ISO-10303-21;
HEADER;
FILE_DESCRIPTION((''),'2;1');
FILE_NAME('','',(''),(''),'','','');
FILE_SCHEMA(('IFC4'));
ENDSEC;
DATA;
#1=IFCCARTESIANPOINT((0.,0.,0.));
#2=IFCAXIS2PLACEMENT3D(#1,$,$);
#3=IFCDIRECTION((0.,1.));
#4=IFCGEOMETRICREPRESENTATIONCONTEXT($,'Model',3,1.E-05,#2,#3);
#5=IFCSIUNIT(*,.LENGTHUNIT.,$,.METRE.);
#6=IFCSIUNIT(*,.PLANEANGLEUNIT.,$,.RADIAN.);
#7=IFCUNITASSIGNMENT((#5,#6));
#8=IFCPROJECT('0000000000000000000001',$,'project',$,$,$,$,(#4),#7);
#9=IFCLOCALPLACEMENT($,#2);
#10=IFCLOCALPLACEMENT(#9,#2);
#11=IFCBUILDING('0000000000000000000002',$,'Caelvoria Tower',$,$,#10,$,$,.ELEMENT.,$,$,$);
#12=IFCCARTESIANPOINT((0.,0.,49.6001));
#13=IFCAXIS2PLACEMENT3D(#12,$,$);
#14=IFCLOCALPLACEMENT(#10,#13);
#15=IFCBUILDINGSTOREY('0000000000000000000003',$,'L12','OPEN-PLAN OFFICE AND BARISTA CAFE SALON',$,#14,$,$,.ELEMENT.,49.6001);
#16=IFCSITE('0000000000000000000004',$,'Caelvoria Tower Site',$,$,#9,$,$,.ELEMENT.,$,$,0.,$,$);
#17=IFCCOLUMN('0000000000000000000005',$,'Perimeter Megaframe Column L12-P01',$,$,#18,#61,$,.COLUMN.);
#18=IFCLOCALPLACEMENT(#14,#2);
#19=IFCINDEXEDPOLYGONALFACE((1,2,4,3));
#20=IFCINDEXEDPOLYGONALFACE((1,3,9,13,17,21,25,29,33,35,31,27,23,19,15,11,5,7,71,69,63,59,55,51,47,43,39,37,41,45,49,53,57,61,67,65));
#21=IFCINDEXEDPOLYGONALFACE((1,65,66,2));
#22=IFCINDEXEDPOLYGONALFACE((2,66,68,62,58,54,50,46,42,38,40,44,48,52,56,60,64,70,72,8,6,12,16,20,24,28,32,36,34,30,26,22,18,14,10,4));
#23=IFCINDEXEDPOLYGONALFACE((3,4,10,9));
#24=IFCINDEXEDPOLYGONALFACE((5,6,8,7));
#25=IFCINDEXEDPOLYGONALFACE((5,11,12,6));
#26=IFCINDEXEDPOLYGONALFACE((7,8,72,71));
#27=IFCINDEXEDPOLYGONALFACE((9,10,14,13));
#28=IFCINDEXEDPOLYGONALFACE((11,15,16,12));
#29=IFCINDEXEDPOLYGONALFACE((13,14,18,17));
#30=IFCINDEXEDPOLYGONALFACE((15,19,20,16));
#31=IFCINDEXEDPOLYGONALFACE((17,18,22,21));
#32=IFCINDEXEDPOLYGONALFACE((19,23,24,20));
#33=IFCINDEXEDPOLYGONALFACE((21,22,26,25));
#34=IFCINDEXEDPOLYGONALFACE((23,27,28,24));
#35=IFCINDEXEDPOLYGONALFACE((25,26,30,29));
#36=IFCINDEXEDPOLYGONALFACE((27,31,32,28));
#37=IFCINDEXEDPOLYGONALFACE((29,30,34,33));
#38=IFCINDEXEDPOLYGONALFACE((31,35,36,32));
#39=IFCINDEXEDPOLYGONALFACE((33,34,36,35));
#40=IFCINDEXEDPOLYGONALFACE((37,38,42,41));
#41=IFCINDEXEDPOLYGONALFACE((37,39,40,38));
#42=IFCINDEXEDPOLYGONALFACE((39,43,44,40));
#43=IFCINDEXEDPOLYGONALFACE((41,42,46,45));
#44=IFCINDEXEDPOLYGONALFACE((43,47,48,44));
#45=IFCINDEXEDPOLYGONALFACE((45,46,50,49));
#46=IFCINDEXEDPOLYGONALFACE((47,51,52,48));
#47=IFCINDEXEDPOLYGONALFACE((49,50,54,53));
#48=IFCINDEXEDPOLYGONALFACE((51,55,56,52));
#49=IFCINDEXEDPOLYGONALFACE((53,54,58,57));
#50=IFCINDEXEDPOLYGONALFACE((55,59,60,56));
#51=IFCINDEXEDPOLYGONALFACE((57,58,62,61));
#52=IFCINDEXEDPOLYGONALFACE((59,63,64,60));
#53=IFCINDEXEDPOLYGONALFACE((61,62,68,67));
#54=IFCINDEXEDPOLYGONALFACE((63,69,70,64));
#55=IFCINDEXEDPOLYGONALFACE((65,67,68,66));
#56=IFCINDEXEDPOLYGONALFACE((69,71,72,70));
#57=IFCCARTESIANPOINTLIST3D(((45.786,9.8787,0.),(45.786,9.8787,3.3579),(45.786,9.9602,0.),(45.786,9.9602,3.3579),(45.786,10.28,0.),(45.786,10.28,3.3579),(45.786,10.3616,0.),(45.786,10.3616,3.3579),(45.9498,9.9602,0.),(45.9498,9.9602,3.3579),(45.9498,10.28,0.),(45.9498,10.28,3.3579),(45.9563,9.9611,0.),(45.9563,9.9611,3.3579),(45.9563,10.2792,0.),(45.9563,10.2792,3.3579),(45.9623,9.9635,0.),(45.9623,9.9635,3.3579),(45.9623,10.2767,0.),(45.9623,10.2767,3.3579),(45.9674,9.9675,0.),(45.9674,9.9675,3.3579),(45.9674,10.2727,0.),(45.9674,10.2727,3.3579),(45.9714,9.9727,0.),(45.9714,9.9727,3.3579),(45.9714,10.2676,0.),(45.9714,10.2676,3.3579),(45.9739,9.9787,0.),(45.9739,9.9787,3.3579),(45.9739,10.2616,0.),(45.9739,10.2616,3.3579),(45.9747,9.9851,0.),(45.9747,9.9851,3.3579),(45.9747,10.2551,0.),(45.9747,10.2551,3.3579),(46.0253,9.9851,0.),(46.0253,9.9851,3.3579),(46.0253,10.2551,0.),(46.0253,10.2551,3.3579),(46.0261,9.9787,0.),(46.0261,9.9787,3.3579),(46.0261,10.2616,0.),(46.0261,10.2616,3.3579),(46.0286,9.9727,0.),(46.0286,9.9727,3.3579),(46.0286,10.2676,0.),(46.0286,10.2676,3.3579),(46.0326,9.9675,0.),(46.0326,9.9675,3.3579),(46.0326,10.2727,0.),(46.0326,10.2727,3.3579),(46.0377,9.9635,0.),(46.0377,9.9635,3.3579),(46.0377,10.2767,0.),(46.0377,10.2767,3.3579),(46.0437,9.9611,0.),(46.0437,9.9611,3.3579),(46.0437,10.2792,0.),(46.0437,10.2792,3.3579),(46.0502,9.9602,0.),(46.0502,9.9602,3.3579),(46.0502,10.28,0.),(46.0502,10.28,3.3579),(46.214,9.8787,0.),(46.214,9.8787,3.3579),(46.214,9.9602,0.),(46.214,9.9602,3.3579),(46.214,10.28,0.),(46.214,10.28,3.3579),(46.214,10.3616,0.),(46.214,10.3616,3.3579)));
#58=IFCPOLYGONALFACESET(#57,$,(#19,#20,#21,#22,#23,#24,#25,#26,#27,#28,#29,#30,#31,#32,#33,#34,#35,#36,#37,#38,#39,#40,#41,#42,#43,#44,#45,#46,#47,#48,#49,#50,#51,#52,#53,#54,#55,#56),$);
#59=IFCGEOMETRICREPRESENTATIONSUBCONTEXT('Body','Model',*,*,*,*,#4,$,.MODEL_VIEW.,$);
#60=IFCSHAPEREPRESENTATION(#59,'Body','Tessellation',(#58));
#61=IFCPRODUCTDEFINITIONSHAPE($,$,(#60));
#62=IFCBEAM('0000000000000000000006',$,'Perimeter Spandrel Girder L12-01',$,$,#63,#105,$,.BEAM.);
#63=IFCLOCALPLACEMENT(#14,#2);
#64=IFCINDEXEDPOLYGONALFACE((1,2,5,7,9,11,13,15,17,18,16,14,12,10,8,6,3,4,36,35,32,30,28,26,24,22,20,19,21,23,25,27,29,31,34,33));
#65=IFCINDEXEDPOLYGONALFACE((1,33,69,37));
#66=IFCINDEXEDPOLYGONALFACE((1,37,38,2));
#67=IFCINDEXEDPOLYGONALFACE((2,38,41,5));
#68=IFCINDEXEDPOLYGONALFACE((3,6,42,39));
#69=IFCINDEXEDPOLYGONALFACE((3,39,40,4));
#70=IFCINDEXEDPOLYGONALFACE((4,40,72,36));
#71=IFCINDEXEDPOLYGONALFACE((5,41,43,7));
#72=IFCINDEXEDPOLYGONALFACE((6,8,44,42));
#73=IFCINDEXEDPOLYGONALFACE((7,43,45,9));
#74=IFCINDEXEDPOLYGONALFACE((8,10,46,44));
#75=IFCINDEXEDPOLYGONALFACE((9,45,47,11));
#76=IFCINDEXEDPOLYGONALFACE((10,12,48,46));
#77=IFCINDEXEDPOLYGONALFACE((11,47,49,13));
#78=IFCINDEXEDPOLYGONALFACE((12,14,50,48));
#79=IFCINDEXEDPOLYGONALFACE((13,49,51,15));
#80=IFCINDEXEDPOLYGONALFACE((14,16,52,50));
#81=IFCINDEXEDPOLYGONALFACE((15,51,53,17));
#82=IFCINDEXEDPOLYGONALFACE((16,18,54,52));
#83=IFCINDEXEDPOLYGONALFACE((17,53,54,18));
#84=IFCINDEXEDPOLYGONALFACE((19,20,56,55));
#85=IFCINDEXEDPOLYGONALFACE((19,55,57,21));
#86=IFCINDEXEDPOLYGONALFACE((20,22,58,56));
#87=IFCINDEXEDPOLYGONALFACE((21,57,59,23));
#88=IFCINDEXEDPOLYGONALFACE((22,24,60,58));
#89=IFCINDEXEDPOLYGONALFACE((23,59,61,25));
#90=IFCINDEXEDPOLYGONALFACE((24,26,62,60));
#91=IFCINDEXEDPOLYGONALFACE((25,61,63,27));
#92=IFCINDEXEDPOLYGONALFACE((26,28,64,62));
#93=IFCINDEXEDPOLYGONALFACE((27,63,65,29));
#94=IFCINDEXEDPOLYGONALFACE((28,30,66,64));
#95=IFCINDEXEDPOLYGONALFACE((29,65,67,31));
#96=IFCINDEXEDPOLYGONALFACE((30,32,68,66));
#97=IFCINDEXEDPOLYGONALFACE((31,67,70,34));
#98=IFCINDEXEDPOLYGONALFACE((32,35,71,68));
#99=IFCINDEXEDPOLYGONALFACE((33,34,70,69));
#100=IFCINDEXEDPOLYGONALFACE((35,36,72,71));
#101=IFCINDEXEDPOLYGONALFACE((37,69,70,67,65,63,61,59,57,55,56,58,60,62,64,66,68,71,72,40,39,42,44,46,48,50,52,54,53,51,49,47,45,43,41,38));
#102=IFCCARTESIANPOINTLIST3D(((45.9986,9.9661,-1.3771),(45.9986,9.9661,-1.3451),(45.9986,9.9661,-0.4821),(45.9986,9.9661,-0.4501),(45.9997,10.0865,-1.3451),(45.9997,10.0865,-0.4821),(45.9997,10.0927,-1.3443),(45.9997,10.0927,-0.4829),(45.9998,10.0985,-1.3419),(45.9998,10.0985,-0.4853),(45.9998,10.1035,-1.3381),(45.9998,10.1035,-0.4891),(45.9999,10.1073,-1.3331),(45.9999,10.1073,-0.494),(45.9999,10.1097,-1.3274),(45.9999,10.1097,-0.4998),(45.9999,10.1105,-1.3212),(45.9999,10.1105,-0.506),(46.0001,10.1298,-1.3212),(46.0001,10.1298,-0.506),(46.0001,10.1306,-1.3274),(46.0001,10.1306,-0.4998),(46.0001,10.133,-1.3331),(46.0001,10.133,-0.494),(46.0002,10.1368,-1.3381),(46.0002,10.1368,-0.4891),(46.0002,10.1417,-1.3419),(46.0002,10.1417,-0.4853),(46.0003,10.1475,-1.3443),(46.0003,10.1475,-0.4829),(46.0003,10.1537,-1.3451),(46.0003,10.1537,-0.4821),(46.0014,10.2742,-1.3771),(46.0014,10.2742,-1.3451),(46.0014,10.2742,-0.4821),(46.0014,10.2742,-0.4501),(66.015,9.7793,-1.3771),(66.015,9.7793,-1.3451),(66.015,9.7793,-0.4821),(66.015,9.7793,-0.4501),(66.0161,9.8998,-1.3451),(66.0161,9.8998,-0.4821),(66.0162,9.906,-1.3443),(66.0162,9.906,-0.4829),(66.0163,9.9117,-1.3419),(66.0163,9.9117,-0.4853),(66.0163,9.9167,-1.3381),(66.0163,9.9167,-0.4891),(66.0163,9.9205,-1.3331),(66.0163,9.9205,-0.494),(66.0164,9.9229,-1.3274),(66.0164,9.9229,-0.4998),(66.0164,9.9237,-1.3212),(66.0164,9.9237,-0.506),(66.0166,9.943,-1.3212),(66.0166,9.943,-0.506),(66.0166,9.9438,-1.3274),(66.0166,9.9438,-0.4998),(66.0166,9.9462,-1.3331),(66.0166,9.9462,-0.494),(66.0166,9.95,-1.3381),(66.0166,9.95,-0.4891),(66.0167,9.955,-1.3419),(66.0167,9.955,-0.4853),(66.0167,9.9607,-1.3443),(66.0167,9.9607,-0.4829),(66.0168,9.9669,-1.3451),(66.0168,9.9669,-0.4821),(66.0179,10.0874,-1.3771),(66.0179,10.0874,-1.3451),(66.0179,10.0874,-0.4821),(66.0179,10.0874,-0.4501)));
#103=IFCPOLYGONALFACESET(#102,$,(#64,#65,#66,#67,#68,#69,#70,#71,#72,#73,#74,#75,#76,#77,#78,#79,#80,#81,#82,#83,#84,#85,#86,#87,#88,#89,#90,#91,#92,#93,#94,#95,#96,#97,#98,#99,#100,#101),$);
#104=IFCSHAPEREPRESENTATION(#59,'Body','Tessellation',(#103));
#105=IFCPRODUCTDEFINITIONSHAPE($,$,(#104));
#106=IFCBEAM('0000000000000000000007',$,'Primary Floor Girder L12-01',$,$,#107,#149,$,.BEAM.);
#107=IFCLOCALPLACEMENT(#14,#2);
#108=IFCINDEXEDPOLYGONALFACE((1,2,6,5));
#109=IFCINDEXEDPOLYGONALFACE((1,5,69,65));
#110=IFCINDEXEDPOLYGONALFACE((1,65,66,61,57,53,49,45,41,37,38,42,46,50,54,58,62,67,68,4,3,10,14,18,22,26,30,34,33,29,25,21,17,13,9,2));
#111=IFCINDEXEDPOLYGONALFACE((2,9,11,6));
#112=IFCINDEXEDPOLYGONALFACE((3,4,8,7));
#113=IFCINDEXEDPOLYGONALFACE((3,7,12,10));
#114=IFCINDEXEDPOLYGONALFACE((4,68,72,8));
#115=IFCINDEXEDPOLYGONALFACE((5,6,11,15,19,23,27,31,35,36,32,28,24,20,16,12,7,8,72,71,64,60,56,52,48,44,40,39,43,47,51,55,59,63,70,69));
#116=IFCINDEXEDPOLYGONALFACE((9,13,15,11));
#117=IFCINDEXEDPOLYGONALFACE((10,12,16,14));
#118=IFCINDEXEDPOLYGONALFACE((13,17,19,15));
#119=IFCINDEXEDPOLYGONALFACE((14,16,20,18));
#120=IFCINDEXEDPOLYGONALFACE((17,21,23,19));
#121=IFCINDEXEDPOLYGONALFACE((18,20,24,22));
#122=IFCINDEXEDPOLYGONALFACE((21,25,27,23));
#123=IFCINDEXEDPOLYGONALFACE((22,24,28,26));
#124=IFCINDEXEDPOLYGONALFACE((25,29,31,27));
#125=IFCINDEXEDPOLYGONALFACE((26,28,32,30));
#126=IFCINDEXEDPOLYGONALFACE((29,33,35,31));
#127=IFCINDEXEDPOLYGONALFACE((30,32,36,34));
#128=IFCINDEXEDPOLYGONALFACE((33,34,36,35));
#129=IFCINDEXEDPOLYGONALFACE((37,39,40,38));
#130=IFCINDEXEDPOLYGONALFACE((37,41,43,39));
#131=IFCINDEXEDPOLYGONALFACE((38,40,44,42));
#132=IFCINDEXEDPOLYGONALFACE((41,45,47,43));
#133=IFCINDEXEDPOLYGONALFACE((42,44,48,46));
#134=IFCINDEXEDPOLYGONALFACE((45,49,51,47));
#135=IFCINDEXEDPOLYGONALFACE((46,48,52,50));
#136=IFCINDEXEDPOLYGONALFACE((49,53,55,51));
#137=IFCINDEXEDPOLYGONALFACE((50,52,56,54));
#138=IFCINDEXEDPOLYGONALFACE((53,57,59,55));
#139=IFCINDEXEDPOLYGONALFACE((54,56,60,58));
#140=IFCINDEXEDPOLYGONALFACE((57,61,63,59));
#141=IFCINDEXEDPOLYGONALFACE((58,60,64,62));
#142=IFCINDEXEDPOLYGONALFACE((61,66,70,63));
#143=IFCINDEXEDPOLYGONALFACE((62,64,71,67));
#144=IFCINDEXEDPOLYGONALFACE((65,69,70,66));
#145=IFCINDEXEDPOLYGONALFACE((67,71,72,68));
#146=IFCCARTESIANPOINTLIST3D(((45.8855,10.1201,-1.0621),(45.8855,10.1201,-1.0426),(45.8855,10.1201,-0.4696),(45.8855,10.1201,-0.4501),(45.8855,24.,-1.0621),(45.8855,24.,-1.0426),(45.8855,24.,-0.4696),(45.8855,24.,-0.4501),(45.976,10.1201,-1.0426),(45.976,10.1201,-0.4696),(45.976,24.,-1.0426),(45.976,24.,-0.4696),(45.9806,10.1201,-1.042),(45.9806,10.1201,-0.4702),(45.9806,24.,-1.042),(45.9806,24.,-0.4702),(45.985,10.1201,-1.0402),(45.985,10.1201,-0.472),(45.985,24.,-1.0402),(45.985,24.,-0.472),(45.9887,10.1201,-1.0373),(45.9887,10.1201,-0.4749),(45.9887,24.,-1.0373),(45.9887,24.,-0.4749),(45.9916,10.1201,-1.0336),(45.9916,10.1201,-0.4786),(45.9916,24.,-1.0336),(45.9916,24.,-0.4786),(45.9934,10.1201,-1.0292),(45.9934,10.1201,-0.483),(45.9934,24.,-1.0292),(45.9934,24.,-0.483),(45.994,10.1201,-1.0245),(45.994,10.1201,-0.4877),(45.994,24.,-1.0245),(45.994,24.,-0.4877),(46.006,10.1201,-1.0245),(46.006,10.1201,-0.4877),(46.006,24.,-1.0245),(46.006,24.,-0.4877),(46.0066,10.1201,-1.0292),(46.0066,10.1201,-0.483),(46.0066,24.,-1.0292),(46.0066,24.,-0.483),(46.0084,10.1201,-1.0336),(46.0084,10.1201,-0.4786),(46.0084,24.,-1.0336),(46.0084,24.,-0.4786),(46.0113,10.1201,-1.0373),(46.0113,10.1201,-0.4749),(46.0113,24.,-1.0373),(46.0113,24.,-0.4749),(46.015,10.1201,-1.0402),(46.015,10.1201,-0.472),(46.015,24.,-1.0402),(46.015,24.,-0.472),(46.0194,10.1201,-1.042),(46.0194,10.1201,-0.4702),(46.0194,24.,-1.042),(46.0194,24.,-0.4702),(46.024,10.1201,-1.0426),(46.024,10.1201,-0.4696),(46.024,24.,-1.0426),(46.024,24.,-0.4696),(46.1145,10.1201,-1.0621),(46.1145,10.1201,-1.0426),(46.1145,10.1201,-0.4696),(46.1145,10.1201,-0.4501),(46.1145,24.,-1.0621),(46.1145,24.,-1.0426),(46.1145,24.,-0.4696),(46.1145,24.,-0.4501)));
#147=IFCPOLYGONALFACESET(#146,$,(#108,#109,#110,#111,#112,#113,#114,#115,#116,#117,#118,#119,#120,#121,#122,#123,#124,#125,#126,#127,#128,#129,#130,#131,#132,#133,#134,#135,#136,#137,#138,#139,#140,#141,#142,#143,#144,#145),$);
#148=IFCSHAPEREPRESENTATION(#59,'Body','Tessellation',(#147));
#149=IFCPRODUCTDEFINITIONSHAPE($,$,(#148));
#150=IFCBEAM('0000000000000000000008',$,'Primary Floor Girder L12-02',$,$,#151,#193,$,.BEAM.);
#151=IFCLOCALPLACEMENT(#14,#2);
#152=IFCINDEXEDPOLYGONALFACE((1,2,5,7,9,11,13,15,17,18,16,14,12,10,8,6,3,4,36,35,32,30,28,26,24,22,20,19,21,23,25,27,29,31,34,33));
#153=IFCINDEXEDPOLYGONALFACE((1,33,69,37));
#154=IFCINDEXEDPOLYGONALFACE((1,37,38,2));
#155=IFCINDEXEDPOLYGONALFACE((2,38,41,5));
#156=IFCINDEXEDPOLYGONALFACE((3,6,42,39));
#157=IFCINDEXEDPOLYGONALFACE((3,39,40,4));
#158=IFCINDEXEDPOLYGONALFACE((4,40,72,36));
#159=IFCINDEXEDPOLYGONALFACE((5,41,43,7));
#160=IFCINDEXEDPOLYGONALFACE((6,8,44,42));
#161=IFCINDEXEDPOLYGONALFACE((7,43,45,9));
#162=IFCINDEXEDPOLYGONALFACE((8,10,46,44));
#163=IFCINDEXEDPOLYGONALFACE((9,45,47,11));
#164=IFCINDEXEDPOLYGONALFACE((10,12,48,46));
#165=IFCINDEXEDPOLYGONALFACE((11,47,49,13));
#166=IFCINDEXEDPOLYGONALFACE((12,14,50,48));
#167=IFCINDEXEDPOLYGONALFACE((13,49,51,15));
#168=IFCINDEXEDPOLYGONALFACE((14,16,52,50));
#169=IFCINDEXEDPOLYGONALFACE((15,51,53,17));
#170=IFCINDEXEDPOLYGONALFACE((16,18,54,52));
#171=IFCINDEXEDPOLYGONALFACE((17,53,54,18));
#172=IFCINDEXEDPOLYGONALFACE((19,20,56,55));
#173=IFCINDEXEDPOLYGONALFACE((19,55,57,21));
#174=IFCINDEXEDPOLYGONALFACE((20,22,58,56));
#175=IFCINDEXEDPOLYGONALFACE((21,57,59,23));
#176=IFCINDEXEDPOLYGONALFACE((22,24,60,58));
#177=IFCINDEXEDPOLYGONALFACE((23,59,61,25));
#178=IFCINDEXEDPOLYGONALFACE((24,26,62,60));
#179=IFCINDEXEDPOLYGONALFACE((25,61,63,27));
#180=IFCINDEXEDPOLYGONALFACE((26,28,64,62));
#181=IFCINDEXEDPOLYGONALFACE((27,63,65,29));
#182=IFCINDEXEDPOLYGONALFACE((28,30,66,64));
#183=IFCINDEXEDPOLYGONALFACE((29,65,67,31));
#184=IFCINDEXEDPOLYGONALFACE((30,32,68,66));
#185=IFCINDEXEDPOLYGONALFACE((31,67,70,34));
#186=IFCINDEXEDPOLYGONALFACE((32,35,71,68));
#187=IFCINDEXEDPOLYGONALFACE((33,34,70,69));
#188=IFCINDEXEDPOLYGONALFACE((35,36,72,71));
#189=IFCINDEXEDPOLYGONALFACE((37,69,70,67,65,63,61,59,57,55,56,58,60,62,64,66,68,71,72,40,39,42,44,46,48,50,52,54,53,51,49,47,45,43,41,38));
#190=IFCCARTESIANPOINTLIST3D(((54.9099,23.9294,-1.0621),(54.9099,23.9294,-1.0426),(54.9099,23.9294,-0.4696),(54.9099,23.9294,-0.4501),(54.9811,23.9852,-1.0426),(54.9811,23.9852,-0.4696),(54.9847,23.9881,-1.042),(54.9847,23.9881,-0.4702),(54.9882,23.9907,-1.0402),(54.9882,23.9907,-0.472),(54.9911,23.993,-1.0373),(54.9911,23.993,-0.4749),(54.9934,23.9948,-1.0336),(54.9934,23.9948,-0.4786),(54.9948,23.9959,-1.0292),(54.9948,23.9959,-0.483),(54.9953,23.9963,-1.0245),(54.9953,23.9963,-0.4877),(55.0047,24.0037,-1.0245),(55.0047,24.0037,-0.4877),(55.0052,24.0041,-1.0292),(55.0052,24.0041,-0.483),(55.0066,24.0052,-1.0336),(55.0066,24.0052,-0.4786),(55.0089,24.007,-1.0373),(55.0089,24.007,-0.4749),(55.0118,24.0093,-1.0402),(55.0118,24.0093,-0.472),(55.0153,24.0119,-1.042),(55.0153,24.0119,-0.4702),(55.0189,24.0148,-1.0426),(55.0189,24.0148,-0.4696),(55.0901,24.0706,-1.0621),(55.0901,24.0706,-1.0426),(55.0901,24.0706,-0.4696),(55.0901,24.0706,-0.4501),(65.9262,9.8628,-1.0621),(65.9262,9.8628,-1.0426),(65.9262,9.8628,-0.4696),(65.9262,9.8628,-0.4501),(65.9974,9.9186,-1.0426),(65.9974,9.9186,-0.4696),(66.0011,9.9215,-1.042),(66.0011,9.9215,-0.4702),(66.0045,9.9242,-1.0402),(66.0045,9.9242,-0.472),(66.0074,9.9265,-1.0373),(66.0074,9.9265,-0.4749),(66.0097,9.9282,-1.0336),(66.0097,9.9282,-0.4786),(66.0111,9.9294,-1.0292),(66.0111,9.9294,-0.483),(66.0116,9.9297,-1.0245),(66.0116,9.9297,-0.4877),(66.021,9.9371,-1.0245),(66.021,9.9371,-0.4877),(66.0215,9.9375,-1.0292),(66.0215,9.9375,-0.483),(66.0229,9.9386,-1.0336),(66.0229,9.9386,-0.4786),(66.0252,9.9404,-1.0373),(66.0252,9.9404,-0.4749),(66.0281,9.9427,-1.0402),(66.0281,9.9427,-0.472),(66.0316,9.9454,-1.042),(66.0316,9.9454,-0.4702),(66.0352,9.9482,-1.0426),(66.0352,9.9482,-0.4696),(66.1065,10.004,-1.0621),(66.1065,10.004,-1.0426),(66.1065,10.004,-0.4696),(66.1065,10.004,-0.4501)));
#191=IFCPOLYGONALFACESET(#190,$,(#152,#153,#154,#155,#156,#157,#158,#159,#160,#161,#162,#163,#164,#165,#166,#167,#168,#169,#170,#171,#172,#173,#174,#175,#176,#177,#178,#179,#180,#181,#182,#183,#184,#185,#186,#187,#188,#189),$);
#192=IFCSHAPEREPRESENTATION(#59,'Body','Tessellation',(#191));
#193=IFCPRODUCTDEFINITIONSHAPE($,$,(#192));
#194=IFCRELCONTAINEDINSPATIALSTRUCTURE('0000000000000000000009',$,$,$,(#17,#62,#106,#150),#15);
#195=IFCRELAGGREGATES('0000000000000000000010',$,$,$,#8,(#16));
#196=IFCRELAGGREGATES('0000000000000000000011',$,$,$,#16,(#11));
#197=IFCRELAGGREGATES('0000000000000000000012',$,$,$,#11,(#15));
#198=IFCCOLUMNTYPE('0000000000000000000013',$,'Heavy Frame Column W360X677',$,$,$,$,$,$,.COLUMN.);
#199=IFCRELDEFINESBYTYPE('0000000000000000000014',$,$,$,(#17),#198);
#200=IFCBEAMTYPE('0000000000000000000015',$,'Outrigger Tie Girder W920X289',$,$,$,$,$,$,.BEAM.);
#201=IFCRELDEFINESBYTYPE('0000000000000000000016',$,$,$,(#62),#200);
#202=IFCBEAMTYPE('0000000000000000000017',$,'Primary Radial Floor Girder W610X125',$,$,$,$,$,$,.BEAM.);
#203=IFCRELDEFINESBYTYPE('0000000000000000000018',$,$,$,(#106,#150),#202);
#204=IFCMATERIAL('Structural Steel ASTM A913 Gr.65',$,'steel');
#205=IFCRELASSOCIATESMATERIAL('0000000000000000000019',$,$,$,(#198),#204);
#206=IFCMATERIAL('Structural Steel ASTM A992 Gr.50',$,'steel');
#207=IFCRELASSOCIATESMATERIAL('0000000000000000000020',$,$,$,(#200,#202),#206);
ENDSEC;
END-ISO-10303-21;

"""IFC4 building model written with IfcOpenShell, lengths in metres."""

from ifc_helpers import new_model, si_unit, direction, frame, origin, origin_2d, place, context, subcontext, project, spatial, i_section, extrude, material, material_profile, profile_set, type_object, element, save


model = new_model("IFC4")

# Units and contexts
model_context = context("Model", 3, precision=1e-05, world=origin(), true_north=direction((0.0, 1.0)))
body_context = subcontext(model_context, "Body", "Model", "MODEL_VIEW")
ifc_project = project(units=[si_unit("LENGTHUNIT", "METRE"), si_unit("PLANEANGLEUNIT", "RADIAN")], contexts=[model_context])

# Site, building, storey
site_placement = place(None, origin())
site = spatial("IfcSite", under=ifc_project, at=site_placement, Name="Caelvoria Tower Site", CompositionType="ELEMENT", RefElevation=0.0)
building_placement = place(site_placement, origin())
building = spatial("IfcBuilding", under=site, at=building_placement, Name="Caelvoria Tower", CompositionType="ELEMENT")
storey_placement = place(building_placement, frame((0.0, 0.0, 49.6001)))
storey = spatial("IfcBuildingStorey", under=building, at=storey_placement, Name="L12", Description="OPEN-PLAN OFFICE AND BARISTA CAFE SALON", CompositionType="ELEMENT", Elevation=49.6001)

# Column
ifc_material_1 = material(Name="Structural Steel ASTM A913 Gr.65", Category="steel")
ifc_material_profile_1 = material_profile(ifc_material_1, i_section(OverallWidth=0.428, OverallDepth=0.4829, WebThickness=0.0505, FlangeThickness=0.0815, FilletRadius=0.0249, at=origin_2d()), Name="Structural Steel ASTM A913 Gr.65")
ifc_profile_set_1 = profile_set([ifc_material_profile_1], Name="W360X677 - Structural Steel ASTM A913 Gr.65")
column_type = type_object("IfcColumnType", Name="Heavy Frame Column W360X677", PredefinedType="COLUMN", material=ifc_profile_set_1)
column_placement = place(storey_placement, frame((46.0, 10.1201, 0.0), z_axis=(0.0, 0.0, 1.0), x_axis=(1.0, 0.0, 0.0)))
element("IfcColumn", 1, at=column_placement, inside=storey, type_object=column_type, Name="Perimeter Megaframe Column L12-P01", PredefinedType="COLUMN", context=body_context, shape_type="SweptSolid", body=[
    extrude(i_section(OverallWidth=0.428, OverallDepth=0.4829, WebThickness=0.0505, FlangeThickness=0.0815, FilletRadius=0.0249, at=origin_2d()), origin(), (0.0, 0.0, 1.0), 3.3579),
])

# Beams
ifc_material_2 = material(Name="Structural Steel ASTM A992 Gr.50", Category="steel")
ifc_material_profile_2 = material_profile(ifc_material_2, i_section(OverallWidth=0.3081, OverallDepth=0.927, WebThickness=0.0193, FlangeThickness=0.032, FilletRadius=0.0239, at=origin_2d()), Name="Structural Steel ASTM A992 Gr.50")
ifc_profile_set_2 = profile_set([ifc_material_profile_2], Name="W920X289 - Structural Steel ASTM A992 Gr.50")
beam_type_1 = type_object("IfcBeamType", Name="Outrigger Tie Girder W920X289", PredefinedType="BEAM", material=ifc_profile_set_2)
beam_1_placement = place(storey_placement, frame((46.0, 10.1201, -0.9136), z_axis=(0.999956, -0.00933, 0.0), x_axis=(0.00933, 0.999956, 0.0)))
element("IfcBeam", 2, at=beam_1_placement, inside=storey, type_object=beam_type_1, Name="Perimeter Spandrel Girder L12-01", PredefinedType="BEAM", context=body_context, shape_type="SweptSolid", body=[
    extrude(i_section(OverallWidth=0.3081, OverallDepth=0.927, WebThickness=0.0193, FlangeThickness=0.032, FilletRadius=0.0239, at=origin_2d()), origin(), (0.0, 0.0, 1.0), 20.0173),
])
ifc_material_profile_3 = material_profile(ifc_material_2, i_section(OverallWidth=0.229, OverallDepth=0.6121, WebThickness=0.012, FlangeThickness=0.0195, FilletRadius=0.0181, at=origin_2d()), Name="Structural Steel ASTM A992 Gr.50")
ifc_profile_set_3 = profile_set([ifc_material_profile_3], Name="W610X125 - Structural Steel ASTM A992 Gr.50")
beam_type_2 = type_object("IfcBeamType", Name="Primary Radial Floor Girder W610X125", PredefinedType="BEAM", material=ifc_profile_set_3)
beam_2_placement = place(storey_placement, frame((46.0, 24.0, -0.7561), z_axis=(0.0, -1.0, 0.0), x_axis=(1.0, 0.0, 0.0)))
element("IfcBeam", 3, at=beam_2_placement, inside=storey, type_object=beam_type_2, Name="Primary Floor Girder L12-01", PredefinedType="BEAM", context=body_context, shape_type="SweptSolid", body=[
    extrude(i_section(OverallWidth=0.229, OverallDepth=0.6121, WebThickness=0.012, FlangeThickness=0.0195, FilletRadius=0.0181, at=origin_2d()), origin(), (0.0, 0.0, 1.0), 13.8799),
])
beam_3_placement = place(storey_placement, frame((55.0, 24.0, -0.7561), z_axis=(0.616575, -0.787296, 0.0), x_axis=(0.787296, 0.616575, 0.0)))
element("IfcBeam", 4, at=beam_3_placement, inside=storey, type_object=beam_type_2, Name="Primary Floor Girder L12-02", PredefinedType="BEAM", context=body_context, shape_type="SweptSolid", body=[
    extrude(i_section(OverallWidth=0.229, OverallDepth=0.6121, WebThickness=0.012, FlangeThickness=0.0195, FilletRadius=0.0181, at=origin_2d()), origin(), (0.0, 0.0, 1.0), 17.8669),
])

save(model, "model.ifc")
